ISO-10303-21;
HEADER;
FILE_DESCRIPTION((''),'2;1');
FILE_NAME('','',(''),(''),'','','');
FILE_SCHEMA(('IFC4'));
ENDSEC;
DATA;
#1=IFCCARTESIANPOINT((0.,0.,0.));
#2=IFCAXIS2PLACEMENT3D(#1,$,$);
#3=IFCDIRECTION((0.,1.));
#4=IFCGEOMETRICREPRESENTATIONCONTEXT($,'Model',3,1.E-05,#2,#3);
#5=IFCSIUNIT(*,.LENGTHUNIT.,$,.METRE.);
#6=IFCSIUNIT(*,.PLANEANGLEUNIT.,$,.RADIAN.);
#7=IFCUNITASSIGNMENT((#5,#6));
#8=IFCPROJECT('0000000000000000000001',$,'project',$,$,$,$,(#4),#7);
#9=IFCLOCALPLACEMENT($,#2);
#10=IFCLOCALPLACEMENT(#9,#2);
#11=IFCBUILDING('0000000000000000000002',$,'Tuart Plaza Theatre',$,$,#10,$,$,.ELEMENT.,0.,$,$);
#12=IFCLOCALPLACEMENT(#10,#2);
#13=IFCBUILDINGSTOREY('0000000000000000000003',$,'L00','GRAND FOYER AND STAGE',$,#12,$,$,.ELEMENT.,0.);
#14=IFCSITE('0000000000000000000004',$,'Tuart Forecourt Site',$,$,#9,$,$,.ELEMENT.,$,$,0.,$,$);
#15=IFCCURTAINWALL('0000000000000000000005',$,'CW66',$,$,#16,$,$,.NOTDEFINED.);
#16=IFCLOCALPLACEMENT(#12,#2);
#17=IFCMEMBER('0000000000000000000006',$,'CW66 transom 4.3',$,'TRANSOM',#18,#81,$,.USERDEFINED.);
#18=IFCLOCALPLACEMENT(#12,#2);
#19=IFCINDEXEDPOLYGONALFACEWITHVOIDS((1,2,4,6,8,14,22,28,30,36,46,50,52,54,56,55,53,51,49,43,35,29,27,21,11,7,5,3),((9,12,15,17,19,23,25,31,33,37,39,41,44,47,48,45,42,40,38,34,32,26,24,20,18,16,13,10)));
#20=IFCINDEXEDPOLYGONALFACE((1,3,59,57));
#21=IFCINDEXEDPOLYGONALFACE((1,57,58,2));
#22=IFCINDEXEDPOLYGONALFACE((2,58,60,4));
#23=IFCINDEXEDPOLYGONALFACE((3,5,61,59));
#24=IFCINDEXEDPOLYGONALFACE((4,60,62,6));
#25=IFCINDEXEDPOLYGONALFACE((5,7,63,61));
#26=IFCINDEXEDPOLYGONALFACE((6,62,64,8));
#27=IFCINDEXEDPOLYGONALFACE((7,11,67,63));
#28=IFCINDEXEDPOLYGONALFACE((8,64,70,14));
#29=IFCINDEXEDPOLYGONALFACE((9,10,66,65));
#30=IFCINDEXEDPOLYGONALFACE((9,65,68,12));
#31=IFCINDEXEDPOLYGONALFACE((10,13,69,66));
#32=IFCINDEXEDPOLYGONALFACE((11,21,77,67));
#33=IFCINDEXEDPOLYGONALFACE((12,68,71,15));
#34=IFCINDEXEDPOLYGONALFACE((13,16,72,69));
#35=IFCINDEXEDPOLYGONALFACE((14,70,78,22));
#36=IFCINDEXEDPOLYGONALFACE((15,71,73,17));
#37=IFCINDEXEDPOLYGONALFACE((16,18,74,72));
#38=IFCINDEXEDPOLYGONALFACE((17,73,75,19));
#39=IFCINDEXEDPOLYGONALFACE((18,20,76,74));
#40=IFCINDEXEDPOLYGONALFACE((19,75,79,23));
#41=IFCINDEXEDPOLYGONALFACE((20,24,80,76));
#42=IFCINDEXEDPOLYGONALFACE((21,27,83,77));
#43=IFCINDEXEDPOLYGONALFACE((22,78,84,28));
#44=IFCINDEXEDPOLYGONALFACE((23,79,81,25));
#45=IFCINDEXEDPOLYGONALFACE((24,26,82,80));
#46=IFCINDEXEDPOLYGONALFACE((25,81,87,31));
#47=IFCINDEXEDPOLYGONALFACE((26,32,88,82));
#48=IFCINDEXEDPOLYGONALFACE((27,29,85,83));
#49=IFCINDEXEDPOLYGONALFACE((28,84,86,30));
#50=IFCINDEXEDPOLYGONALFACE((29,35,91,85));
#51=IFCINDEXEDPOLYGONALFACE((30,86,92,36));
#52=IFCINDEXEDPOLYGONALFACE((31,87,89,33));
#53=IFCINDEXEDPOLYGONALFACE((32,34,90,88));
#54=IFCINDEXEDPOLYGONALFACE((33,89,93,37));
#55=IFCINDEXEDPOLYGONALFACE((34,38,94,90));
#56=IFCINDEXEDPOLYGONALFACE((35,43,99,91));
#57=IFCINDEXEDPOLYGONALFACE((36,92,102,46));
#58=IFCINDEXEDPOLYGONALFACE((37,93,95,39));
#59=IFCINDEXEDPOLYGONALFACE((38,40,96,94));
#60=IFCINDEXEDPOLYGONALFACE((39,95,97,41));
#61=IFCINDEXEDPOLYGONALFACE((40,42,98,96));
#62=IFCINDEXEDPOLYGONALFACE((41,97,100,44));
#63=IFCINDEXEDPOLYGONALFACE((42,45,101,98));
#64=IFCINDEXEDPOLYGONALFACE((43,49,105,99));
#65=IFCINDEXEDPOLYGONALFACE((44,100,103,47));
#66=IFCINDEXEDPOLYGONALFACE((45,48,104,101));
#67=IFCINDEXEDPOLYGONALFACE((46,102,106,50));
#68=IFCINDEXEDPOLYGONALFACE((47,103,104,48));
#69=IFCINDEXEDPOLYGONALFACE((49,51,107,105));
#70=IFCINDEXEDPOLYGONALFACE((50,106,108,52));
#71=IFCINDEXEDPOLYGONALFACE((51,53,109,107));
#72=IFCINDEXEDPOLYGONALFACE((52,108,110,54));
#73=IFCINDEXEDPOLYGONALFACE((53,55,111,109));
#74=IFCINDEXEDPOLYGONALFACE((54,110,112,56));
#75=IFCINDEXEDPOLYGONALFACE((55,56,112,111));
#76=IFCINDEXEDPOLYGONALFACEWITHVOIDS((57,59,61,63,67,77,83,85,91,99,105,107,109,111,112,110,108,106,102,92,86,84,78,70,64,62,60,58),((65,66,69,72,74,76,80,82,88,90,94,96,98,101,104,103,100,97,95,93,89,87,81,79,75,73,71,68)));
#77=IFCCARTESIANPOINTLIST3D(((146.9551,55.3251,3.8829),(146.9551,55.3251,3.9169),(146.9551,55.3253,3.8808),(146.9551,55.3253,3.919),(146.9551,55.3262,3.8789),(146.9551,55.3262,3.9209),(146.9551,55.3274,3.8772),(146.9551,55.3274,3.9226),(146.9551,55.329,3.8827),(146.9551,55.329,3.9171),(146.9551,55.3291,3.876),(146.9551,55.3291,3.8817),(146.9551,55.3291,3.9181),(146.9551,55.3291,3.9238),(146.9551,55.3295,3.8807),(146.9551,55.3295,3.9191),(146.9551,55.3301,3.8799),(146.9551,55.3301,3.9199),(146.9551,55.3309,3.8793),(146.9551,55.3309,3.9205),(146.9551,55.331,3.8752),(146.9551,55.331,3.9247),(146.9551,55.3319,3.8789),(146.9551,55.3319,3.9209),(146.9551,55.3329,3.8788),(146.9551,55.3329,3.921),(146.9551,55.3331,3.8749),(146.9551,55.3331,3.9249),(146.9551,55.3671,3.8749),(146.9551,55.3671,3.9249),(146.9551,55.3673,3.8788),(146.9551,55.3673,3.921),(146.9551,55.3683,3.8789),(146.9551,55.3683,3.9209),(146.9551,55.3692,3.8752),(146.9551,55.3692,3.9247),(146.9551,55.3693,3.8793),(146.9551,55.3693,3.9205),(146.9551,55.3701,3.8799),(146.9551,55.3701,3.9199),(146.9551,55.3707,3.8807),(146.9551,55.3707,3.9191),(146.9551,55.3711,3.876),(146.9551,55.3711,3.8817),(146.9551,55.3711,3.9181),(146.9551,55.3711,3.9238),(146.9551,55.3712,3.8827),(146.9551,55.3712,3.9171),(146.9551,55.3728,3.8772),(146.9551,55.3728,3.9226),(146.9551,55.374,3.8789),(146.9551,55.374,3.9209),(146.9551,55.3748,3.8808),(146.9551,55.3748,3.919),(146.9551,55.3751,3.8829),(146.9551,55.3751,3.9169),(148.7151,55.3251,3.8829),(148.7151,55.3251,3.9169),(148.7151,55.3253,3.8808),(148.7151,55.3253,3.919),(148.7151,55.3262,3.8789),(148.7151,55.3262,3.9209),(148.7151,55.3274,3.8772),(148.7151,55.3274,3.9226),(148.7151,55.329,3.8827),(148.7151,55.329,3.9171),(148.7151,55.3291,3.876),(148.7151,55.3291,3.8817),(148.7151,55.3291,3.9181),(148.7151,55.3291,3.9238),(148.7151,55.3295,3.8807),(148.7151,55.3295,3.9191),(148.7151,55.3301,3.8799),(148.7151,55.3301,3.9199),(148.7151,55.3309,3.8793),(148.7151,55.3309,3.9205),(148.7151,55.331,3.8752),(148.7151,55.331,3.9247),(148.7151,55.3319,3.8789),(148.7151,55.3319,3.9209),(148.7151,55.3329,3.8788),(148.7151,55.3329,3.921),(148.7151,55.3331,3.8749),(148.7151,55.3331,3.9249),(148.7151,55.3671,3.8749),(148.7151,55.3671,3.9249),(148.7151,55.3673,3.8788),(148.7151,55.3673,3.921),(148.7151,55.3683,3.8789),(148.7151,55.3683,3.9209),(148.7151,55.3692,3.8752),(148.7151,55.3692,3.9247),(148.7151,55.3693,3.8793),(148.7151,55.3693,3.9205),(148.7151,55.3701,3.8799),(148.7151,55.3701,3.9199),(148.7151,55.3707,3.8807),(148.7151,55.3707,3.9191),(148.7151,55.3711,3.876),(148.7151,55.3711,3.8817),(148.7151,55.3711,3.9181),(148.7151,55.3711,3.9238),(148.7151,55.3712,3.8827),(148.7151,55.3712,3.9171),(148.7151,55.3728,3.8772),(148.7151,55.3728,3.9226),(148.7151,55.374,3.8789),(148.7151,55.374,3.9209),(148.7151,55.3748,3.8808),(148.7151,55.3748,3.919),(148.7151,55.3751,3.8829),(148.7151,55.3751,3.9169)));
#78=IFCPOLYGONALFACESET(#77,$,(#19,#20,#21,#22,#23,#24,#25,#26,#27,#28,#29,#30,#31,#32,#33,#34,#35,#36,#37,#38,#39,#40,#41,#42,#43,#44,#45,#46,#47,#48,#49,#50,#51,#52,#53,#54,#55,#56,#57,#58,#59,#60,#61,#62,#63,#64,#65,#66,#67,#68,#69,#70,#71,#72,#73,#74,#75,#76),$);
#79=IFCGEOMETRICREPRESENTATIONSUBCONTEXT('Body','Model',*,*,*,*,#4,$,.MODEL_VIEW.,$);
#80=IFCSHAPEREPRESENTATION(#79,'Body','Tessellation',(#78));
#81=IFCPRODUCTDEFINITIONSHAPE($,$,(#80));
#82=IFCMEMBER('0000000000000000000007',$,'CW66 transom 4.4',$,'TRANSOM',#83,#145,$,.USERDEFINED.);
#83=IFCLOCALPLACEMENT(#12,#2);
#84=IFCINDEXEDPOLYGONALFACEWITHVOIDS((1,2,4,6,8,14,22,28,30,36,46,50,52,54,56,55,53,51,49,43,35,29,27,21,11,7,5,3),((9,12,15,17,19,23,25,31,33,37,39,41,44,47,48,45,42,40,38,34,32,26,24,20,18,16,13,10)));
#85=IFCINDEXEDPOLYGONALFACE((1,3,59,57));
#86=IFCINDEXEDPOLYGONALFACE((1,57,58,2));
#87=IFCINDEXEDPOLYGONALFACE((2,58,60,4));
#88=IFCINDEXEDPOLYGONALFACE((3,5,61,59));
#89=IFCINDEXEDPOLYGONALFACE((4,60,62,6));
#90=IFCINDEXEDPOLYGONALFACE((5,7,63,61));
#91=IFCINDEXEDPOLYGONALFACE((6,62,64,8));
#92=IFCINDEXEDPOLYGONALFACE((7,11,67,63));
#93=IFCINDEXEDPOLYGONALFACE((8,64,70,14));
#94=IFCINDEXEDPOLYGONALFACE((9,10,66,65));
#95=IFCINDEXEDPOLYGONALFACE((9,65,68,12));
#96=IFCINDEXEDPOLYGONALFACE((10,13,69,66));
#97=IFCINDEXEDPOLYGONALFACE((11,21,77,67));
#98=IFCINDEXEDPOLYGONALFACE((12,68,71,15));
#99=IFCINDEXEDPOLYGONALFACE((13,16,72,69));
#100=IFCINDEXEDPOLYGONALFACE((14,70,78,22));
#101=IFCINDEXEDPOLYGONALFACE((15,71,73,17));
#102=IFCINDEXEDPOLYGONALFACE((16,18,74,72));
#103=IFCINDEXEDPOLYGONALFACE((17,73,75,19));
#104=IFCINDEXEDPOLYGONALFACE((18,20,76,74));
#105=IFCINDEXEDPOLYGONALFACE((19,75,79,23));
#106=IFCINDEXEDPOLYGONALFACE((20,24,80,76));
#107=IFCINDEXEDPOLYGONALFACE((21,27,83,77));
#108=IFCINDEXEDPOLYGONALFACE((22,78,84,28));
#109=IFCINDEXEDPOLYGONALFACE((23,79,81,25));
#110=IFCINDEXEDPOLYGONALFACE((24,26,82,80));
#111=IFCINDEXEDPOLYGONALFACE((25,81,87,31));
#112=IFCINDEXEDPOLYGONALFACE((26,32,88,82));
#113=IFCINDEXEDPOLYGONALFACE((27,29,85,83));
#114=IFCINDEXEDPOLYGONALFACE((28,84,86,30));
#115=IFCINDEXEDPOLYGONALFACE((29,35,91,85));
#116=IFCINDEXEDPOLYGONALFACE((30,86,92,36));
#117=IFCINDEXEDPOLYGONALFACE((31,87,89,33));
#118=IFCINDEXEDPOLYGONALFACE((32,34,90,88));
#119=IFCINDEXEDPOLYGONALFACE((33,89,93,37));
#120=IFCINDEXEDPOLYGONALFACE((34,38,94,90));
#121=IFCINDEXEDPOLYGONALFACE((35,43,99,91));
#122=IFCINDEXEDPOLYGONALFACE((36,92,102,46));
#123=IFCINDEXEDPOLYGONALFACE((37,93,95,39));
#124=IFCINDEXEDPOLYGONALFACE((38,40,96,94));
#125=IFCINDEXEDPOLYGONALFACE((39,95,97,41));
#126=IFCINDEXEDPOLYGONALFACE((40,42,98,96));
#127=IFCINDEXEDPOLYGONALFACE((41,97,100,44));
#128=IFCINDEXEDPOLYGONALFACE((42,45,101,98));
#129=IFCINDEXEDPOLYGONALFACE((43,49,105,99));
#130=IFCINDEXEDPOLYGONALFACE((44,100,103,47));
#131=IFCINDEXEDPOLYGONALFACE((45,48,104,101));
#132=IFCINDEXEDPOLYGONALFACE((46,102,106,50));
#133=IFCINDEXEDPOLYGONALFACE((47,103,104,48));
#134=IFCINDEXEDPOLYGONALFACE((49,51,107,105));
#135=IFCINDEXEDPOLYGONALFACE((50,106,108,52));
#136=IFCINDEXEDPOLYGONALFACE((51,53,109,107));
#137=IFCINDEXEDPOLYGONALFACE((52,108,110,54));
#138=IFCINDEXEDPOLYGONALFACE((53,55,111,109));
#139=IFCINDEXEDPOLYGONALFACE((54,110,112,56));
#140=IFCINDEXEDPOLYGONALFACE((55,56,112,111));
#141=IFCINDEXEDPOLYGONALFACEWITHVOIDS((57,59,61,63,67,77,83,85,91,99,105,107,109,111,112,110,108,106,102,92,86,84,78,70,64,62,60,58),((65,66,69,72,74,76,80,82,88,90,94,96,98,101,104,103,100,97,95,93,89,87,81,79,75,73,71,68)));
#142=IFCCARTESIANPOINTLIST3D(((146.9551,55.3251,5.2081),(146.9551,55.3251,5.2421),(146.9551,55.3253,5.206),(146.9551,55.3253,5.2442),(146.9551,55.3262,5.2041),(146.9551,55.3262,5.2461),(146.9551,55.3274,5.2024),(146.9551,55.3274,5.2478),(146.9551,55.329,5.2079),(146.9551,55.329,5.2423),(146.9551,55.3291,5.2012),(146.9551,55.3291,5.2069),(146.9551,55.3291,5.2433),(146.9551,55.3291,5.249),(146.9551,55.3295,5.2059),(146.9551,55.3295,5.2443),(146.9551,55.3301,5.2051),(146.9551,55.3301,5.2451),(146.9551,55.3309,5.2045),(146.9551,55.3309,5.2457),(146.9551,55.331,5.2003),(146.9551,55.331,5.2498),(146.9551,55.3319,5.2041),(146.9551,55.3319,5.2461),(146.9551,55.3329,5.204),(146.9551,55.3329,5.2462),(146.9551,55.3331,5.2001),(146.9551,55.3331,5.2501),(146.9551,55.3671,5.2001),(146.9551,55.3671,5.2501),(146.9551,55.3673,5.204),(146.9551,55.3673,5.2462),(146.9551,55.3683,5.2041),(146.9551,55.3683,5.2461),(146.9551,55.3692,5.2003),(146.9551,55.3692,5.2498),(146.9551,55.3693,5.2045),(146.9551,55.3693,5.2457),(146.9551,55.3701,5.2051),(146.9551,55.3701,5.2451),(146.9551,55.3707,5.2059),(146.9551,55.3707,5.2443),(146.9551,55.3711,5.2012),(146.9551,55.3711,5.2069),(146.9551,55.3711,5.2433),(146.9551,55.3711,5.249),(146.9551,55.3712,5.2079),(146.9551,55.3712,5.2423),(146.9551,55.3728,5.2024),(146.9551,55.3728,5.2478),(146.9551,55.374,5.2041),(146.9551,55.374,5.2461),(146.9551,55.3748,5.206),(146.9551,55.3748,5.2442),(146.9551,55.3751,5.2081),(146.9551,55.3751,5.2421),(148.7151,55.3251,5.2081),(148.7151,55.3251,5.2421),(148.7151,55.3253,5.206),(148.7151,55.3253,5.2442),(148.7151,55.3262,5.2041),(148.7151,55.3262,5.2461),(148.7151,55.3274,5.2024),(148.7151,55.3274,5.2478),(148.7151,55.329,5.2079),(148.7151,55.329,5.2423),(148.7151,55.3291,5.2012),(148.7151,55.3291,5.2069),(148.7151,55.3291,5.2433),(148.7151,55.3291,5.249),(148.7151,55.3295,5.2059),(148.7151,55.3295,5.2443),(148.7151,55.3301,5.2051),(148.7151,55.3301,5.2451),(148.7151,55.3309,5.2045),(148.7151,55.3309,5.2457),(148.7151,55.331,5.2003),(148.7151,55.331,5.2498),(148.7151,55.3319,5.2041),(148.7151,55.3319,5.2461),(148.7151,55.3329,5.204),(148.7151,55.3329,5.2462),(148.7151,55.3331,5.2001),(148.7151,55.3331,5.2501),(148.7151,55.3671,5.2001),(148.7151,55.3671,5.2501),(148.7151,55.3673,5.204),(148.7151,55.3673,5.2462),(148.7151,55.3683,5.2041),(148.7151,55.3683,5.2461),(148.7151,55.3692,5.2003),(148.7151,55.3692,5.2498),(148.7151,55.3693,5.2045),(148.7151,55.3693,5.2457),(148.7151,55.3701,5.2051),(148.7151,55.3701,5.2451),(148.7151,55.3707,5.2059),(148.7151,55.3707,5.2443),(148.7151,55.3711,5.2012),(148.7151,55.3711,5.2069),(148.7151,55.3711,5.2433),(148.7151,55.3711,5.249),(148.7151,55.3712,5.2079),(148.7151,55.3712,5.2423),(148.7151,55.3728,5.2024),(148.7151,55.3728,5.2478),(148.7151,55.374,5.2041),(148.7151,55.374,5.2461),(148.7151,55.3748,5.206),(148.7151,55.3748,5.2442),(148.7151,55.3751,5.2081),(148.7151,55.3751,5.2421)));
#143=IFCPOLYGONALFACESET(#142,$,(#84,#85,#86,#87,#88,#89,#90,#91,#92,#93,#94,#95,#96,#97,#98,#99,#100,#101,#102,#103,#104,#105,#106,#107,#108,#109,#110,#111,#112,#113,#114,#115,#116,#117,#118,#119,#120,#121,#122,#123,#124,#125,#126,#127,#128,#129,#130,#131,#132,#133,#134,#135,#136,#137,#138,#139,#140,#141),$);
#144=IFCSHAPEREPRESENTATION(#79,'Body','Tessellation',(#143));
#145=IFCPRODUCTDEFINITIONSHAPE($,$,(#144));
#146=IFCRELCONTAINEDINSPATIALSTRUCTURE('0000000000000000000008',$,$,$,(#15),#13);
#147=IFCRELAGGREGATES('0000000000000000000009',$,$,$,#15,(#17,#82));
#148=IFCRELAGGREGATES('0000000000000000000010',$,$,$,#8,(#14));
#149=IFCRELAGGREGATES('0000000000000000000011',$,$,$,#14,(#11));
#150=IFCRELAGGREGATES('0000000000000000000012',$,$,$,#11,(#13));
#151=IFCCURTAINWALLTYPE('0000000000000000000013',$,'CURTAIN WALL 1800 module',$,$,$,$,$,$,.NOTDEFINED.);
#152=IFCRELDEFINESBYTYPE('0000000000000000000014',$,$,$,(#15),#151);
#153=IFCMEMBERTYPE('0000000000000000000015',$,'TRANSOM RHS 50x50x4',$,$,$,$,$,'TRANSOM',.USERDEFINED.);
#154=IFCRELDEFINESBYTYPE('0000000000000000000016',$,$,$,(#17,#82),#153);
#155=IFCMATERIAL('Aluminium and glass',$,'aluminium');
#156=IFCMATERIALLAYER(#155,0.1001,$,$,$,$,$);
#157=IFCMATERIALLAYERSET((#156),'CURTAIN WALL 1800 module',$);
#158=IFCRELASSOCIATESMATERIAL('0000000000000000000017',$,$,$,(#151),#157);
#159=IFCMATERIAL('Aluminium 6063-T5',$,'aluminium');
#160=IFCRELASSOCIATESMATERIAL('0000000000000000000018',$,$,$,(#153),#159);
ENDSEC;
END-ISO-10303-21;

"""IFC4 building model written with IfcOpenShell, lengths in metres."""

from ifc_helpers import new_model, si_unit, direction, frame, origin, origin_2d, place, context, subcontext, project, spatial, hollow_rectangle, extrude, material, layer, layer_set, material_profile, profile_set, type_object, element, aggregate, save


model = new_model("IFC4")

# Units and contexts
model_context = context("Model", 3, precision=1e-05, world=origin(), true_north=direction((0.0, 1.0)))
body_context = subcontext(model_context, "Body", "Model", "MODEL_VIEW")
ifc_project = project(units=[si_unit("LENGTHUNIT", "METRE"), si_unit("PLANEANGLEUNIT", "RADIAN")], contexts=[model_context])

# Site, building, storey
site_placement = place(None, origin())
site = spatial("IfcSite", under=ifc_project, at=site_placement, Name="Tuart Forecourt Site", CompositionType="ELEMENT", RefElevation=0.0)
building_placement = place(site_placement, origin())
building = spatial("IfcBuilding", under=site, at=building_placement, Name="Tuart Plaza Theatre", CompositionType="ELEMENT", ElevationOfRefHeight=0.0)
storey_placement = place(building_placement, origin())
storey = spatial("IfcBuildingStorey", under=building, at=storey_placement, Name="L00", Description="GRAND FOYER AND STAGE", CompositionType="ELEMENT", Elevation=0.0)

# Curtain wall, members
ifc_material_1 = material(Name="Aluminium and glass", Category="aluminium")
ifc_layer_1 = layer(ifc_material_1, 0.1001)
ifc_layer_set_1 = layer_set([ifc_layer_1], Name="CURTAIN WALL 1800 module")
curtain_wall_type = type_object("IfcCurtainWallType", Name="CURTAIN WALL 1800 module", PredefinedType="NOTDEFINED", material=ifc_layer_set_1)
curtain_wall_placement = place(storey_placement, origin())
curtain_wall = element("IfcCurtainWall", 1, at=curtain_wall_placement, inside=storey, type_object=curtain_wall_type, Name="CW66", PredefinedType="NOTDEFINED")
ifc_material_2 = material(Name="Aluminium 6063-T5", Category="aluminium")
ifc_material_profile_1 = material_profile(ifc_material_2, hollow_rectangle(XDim=0.05, YDim=0.05, WallThickness=0.0039, InnerFilletRadius=0.0039, OuterFilletRadius=0.0081, at=origin_2d()), Name="RHS 50x50x4")
ifc_profile_set_1 = profile_set([ifc_material_profile_1], Name="Aluminium 6063-T5")
member_type_1 = type_object("IfcMemberType", Name="TRANSOM RHS 50x50x4", ElementType="TRANSOM", PredefinedType="USERDEFINED", material=ifc_profile_set_1)
member_1_placement = place(storey_placement, frame((146.9551, 55.3501, 3.8999), z_axis=(1.0, 0.0, 0.0), x_axis=(0.0, 1.0, 0.0)))
member_1 = element("IfcMember", 2, at=member_1_placement, type_object=member_type_1, Name="CW66 transom 4.3", ObjectType="TRANSOM", PredefinedType="USERDEFINED", context=body_context, shape_type="SweptSolid", body=[
    extrude(hollow_rectangle(XDim=0.05, YDim=0.05, WallThickness=0.0039, InnerFilletRadius=0.0039, OuterFilletRadius=0.0081, at=origin_2d()), origin(), (0.0, 0.0, 1.0), 1.76),
])
member_2_placement = place(storey_placement, frame((146.9551, 55.3501, 5.2251), z_axis=(1.0, 0.0, 0.0), x_axis=(0.0, 1.0, 0.0)))
member_2 = element("IfcMember", 3, at=member_2_placement, type_object=member_type_1, Name="CW66 transom 4.4", ObjectType="TRANSOM", PredefinedType="USERDEFINED", context=body_context, shape_type="SweptSolid", body=[
    extrude(hollow_rectangle(XDim=0.05, YDim=0.05, WallThickness=0.0039, InnerFilletRadius=0.0039, OuterFilletRadius=0.0081, at=origin_2d()), origin(), (0.0, 0.0, 1.0), 1.76),
])
aggregate(curtain_wall, [member_1, member_2])

save(model, "model.ifc")
